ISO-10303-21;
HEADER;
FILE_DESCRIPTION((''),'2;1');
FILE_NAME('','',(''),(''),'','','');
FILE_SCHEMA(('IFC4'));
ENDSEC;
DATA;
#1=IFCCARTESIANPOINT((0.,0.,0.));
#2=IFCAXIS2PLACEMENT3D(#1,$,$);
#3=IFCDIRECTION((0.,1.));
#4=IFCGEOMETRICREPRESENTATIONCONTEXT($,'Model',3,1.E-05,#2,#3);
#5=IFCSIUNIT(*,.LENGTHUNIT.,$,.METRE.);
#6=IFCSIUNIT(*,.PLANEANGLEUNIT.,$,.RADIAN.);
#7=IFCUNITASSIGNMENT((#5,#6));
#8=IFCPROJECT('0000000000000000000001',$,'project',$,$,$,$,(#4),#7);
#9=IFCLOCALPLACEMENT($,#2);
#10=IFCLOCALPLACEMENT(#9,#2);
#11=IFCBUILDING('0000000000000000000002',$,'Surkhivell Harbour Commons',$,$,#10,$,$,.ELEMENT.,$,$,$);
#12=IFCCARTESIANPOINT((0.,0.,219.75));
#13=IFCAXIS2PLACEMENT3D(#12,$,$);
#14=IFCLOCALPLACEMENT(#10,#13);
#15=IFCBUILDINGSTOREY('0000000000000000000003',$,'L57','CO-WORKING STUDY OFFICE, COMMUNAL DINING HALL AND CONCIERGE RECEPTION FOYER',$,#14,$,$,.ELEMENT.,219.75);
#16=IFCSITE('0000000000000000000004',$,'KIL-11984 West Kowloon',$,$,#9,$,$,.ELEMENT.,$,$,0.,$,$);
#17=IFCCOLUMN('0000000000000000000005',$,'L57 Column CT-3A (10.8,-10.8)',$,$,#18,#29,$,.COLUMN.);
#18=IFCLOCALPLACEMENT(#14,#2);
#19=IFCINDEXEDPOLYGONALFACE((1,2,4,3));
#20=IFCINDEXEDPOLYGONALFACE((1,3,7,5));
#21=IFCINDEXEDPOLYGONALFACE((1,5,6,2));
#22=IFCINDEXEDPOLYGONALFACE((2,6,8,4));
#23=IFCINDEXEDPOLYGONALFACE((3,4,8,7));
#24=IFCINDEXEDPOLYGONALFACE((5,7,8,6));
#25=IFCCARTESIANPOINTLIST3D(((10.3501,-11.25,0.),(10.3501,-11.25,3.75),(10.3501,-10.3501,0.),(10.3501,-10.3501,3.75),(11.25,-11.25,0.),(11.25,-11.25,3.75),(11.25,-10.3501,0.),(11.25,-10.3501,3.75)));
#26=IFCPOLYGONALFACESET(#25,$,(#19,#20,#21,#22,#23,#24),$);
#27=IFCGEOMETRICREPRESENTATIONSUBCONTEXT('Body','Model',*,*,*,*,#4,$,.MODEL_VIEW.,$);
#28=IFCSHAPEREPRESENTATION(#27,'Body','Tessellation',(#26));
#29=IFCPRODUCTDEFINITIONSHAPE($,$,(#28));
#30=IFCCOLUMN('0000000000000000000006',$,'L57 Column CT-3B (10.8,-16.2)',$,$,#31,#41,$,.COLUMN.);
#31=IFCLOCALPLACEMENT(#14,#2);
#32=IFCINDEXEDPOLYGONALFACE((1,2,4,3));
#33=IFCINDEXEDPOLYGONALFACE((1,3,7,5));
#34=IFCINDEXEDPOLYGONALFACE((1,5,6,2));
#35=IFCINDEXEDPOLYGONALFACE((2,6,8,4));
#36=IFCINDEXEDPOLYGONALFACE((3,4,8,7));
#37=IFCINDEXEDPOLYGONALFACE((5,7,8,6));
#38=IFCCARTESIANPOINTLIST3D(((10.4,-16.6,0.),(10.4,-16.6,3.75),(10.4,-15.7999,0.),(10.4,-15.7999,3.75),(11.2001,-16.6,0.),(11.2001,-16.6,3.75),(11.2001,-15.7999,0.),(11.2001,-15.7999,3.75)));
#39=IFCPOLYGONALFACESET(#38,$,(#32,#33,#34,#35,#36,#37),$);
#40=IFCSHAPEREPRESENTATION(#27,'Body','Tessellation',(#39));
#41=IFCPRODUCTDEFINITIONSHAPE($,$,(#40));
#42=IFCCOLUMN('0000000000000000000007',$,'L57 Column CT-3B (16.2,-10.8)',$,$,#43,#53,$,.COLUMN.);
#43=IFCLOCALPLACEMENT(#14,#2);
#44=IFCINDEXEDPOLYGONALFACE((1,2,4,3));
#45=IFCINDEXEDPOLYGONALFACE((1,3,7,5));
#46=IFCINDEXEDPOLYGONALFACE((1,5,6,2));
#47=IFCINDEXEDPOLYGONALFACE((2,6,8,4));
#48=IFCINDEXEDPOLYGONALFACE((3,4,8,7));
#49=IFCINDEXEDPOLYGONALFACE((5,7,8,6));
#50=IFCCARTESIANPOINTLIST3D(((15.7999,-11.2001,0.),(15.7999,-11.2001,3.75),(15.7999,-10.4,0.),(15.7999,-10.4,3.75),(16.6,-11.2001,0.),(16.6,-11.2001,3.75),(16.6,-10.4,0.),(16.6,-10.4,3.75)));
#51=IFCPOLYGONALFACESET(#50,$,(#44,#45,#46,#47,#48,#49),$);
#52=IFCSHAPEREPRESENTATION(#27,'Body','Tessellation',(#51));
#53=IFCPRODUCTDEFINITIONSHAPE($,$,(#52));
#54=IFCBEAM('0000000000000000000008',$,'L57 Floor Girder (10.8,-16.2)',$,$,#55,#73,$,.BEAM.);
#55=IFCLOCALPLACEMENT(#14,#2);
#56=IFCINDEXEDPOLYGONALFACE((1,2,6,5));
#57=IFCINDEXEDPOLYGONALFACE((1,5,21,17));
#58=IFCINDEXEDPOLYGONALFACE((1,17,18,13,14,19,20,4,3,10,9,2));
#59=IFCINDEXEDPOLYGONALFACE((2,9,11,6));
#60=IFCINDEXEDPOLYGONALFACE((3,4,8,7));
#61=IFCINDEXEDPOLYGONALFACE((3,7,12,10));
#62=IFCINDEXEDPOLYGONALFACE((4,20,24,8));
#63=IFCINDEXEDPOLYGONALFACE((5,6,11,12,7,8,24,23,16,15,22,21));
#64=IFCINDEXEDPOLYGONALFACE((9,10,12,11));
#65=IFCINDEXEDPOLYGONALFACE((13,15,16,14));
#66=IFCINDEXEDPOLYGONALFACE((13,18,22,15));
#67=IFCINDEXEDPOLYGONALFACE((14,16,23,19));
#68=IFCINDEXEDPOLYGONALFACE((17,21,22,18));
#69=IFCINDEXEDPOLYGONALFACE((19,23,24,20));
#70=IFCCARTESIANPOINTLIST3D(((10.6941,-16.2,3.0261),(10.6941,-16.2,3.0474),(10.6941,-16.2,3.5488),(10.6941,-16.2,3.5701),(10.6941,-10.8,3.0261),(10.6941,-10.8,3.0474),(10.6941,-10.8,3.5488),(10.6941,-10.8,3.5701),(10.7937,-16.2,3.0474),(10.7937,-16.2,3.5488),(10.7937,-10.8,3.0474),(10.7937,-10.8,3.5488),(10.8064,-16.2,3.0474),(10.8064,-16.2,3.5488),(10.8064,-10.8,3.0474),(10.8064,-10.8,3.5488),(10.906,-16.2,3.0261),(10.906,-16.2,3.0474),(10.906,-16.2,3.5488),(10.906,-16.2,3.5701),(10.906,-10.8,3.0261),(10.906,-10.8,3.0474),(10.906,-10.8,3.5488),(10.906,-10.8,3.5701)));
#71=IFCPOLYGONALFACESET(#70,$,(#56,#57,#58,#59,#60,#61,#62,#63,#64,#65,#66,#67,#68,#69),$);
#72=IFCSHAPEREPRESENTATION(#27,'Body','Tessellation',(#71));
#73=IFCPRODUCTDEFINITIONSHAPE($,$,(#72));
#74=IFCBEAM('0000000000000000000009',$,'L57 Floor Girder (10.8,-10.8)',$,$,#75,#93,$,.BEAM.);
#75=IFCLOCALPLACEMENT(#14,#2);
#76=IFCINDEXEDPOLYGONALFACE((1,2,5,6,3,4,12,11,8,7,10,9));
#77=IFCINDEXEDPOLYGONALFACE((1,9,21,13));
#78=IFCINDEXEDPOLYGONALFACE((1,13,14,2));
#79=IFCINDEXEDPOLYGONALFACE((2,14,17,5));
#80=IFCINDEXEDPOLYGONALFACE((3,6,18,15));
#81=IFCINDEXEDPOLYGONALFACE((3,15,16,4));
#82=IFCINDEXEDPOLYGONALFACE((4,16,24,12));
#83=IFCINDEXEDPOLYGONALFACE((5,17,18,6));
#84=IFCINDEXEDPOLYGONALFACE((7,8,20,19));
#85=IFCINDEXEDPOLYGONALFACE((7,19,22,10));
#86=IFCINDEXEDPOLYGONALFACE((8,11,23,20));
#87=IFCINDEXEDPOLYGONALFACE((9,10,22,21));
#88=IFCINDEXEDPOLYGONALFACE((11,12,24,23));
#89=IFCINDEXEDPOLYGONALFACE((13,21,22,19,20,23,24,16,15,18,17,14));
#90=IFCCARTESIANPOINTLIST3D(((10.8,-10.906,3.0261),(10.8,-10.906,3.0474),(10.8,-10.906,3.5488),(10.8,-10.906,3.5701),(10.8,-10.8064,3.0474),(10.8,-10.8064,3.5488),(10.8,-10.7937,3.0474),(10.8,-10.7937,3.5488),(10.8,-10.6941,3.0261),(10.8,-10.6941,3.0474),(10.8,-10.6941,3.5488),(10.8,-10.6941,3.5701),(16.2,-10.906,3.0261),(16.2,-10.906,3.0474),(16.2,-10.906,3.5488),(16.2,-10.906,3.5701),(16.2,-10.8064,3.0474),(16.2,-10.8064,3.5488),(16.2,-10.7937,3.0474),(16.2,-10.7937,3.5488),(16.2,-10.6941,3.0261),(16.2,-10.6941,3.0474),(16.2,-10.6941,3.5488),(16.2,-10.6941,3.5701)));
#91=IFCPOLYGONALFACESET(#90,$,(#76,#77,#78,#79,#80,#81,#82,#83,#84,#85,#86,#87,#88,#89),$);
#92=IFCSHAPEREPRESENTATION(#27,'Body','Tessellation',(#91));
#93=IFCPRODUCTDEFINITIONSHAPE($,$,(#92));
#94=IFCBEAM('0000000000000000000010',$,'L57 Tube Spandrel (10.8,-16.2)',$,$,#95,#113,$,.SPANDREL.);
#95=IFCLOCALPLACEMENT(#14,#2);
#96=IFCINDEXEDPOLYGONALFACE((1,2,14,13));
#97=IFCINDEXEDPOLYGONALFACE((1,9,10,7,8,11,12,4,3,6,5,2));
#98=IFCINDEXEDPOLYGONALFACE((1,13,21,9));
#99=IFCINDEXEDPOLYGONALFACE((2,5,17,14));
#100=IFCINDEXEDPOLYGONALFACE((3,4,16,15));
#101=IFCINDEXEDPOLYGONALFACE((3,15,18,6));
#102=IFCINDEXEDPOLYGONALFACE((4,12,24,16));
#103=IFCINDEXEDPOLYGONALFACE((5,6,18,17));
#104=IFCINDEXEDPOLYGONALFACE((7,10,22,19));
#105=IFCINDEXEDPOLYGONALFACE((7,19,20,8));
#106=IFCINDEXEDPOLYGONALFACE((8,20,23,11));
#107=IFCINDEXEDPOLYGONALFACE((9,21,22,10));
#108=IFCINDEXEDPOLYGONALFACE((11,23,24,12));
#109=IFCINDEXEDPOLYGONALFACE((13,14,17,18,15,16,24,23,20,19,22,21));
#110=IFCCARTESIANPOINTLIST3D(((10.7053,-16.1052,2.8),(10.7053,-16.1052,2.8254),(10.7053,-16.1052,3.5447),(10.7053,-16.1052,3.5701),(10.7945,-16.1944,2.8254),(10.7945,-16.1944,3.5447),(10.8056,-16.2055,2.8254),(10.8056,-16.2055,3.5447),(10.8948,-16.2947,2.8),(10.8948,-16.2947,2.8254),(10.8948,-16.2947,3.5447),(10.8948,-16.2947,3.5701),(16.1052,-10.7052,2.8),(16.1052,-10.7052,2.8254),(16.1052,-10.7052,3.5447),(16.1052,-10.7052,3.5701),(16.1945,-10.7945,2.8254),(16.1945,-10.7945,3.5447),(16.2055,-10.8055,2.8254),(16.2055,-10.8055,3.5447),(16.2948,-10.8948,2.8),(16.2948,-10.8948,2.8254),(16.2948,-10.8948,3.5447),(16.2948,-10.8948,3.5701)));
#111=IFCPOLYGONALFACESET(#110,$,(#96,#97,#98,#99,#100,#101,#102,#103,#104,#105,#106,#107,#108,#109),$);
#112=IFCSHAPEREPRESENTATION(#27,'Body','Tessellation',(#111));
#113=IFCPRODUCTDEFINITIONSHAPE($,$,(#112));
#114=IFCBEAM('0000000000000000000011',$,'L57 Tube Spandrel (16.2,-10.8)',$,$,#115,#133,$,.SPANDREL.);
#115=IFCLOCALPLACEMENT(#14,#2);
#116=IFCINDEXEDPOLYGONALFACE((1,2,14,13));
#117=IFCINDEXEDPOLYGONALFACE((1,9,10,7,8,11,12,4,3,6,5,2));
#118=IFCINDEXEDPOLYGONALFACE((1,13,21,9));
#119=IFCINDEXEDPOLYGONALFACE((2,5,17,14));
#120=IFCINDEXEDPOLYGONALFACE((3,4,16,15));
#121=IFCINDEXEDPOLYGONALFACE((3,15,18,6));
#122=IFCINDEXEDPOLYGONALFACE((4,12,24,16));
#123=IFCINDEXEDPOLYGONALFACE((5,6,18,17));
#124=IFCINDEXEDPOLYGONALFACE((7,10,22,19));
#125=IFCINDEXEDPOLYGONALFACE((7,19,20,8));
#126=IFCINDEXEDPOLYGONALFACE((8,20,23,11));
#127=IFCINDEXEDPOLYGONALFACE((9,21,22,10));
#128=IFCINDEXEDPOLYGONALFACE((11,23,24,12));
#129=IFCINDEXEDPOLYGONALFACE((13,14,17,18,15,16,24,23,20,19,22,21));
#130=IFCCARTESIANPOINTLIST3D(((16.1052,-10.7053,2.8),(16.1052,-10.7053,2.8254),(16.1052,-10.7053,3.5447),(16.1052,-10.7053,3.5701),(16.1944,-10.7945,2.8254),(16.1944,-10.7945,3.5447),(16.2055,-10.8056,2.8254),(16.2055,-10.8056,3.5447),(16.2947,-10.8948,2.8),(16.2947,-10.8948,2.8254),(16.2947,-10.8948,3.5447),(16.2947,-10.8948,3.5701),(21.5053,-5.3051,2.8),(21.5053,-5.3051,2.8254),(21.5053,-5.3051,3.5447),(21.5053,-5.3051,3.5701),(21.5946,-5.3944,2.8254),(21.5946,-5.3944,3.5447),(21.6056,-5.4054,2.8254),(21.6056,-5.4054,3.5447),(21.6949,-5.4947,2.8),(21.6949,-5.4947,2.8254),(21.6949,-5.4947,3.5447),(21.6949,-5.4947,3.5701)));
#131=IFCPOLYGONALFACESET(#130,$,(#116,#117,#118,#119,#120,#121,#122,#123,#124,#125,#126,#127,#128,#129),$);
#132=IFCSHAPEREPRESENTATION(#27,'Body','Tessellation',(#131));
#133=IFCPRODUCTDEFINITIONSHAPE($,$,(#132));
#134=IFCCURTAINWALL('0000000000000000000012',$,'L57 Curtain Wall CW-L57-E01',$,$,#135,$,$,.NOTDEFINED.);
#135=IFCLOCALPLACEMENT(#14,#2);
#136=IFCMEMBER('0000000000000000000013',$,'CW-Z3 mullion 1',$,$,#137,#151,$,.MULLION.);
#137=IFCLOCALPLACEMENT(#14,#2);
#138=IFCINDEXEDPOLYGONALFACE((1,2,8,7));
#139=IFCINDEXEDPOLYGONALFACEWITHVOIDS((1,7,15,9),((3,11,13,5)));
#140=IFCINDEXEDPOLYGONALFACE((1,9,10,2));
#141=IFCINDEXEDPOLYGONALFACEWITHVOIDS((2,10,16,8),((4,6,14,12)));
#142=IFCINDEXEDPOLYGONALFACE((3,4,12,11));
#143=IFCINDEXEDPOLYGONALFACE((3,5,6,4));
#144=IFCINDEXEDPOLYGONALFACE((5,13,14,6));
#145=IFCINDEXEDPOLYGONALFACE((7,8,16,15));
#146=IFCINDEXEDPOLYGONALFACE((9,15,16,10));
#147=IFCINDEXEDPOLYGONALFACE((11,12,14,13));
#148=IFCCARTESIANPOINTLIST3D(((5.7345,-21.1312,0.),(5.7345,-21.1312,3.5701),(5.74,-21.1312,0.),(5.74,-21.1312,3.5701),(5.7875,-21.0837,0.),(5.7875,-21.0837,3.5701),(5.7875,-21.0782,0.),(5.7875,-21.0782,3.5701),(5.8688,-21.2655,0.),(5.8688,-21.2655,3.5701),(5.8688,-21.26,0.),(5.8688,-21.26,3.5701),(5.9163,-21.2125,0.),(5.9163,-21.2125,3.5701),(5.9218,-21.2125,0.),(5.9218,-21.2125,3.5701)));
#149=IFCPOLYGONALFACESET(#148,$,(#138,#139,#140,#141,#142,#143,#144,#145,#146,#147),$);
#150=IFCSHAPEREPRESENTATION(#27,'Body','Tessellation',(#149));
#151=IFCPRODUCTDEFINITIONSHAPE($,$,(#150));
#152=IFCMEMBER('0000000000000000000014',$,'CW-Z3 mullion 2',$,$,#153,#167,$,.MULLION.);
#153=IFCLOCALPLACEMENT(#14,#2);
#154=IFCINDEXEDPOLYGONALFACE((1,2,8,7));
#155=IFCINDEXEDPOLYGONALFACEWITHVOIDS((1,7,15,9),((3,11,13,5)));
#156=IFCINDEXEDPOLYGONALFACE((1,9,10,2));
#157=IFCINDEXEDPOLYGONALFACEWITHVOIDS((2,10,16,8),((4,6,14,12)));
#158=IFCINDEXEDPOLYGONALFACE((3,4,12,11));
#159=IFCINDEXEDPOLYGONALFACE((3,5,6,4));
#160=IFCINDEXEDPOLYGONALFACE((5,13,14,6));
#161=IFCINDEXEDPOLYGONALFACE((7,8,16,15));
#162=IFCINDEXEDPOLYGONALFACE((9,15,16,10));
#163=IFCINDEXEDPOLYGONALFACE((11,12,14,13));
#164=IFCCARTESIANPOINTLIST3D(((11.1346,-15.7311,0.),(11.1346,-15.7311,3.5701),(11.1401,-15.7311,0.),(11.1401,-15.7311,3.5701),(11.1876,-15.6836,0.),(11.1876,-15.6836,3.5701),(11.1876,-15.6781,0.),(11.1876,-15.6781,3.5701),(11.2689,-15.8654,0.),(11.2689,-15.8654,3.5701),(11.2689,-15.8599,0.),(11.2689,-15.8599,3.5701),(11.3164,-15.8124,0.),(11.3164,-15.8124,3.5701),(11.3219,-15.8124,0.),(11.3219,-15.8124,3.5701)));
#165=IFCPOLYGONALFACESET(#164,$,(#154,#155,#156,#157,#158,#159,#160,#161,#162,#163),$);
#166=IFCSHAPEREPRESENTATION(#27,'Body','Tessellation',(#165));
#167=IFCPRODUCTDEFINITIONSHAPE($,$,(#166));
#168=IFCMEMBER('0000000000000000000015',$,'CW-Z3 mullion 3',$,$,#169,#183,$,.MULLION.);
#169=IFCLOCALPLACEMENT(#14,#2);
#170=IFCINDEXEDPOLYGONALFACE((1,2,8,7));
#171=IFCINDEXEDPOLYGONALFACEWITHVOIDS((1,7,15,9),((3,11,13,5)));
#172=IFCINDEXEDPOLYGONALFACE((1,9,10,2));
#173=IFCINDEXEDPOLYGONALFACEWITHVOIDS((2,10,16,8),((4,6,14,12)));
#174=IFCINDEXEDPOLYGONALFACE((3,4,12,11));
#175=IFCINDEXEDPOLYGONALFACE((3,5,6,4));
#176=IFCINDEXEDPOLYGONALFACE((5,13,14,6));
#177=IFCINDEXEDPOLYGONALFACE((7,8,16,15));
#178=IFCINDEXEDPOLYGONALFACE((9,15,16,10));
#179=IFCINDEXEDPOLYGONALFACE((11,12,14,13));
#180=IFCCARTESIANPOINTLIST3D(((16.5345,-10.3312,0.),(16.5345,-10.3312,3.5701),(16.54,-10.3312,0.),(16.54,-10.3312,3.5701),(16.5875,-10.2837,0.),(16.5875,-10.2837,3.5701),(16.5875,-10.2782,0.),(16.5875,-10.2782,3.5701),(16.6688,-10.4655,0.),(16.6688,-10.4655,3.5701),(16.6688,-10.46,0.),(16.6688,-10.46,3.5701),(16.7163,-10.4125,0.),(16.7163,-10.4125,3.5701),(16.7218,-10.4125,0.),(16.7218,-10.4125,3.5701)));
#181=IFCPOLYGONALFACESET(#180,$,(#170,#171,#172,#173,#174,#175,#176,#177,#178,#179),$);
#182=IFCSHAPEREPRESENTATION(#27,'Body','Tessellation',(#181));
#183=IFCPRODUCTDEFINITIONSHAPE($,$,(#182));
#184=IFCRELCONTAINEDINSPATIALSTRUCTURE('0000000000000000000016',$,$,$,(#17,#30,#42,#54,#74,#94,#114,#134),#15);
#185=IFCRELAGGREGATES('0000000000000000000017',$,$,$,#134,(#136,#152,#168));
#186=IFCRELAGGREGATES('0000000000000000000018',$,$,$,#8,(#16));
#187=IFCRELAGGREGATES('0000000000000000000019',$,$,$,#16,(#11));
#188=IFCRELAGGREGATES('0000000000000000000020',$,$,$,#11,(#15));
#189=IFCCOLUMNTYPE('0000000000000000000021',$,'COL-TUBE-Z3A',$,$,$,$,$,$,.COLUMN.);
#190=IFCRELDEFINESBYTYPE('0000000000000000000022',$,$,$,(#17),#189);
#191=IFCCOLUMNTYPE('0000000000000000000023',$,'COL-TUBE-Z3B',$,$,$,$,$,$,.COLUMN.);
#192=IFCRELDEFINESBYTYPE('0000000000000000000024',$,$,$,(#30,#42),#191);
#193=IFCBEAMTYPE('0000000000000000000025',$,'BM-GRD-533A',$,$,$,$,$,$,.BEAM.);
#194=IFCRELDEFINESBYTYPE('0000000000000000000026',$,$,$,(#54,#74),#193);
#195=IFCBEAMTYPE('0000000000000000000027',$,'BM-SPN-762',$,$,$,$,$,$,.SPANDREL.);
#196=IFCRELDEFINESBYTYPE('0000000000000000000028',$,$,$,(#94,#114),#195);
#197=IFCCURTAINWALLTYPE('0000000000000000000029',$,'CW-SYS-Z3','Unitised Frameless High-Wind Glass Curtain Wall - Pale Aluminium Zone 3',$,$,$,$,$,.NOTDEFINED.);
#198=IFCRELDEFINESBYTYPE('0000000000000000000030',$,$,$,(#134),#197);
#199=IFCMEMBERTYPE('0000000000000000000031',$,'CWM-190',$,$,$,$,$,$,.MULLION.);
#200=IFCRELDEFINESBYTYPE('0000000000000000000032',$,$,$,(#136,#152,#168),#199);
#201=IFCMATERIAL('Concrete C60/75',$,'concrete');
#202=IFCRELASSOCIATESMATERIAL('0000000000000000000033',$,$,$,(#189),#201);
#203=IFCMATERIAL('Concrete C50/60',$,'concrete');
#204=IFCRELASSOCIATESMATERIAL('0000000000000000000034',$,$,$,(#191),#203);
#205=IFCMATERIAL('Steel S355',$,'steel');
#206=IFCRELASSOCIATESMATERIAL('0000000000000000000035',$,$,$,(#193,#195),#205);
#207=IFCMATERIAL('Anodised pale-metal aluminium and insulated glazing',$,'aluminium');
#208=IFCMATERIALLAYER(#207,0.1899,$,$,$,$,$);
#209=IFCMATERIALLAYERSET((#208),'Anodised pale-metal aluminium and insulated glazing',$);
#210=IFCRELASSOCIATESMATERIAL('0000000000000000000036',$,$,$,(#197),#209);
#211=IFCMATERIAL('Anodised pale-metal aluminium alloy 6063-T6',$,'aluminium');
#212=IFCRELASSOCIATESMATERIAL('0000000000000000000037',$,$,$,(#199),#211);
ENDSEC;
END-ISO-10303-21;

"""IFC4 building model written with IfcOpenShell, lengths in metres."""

from ifc_helpers import new_model, si_unit, direction, frame, origin, origin_2d, place, context, subcontext, project, spatial, rectangle, hollow_rectangle, i_section, extrude, material, layer, layer_set, material_profile, profile_set, type_object, element, aggregate, save


model = new_model("IFC4")

# Units and contexts
model_context = context("Model", 3, precision=1e-05, world=origin(), true_north=direction((0.0, 1.0)))
body_context = subcontext(model_context, "Body", "Model", "MODEL_VIEW")
ifc_project = project(units=[si_unit("LENGTHUNIT", "METRE"), si_unit("PLANEANGLEUNIT", "RADIAN")], contexts=[model_context])

# Site, building, storey
site_placement = place(None, origin())
site = spatial("IfcSite", under=ifc_project, at=site_placement, Name="KIL-11984 West Kowloon", CompositionType="ELEMENT", RefElevation=0.0)
building_placement = place(site_placement, origin())
building = spatial("IfcBuilding", under=site, at=building_placement, Name="Surkhivell Harbour Commons", CompositionType="ELEMENT")
storey_placement = place(building_placement, frame((0.0, 0.0, 219.75)))
storey = spatial("IfcBuildingStorey", under=building, at=storey_placement, Name="L57", Description="CO-WORKING STUDY OFFICE, COMMUNAL DINING HALL AND CONCIERGE RECEPTION FOYER", CompositionType="ELEMENT", Elevation=219.75)

# Columns
ifc_material_1 = material(Name="Concrete C60/75", Category="concrete")
ifc_material_profile_1 = material_profile(ifc_material_1, rectangle(XDim=0.8999, YDim=0.8999, at=origin_2d()), Name="RC-COL-900x900")
ifc_profile_set_1 = profile_set([ifc_material_profile_1], Name="Concrete C60/75")
column_type_1 = type_object("IfcColumnType", Name="COL-TUBE-Z3A", PredefinedType="COLUMN", material=ifc_profile_set_1)
column_placement = place(storey_placement, frame((10.8, -10.8, 0.0), z_axis=(0.0, 0.0, 1.0), x_axis=(1.0, 0.0, 0.0)))
element("IfcColumn", 1, at=column_placement, inside=storey, type_object=column_type_1, Name="L57 Column CT-3A (10.8,-10.8)", PredefinedType="COLUMN", context=body_context, shape_type="SweptSolid", body=[
    extrude(rectangle(XDim=0.8999, YDim=0.8999, at=origin_2d()), origin(), (0.0, 0.0, 1.0), 3.75),
])
ifc_material_2 = material(Name="Concrete C50/60", Category="concrete")
ifc_material_profile_2 = material_profile(ifc_material_2, rectangle(XDim=0.8, YDim=0.8, at=origin_2d()), Name="RC-COL-800x800")
ifc_profile_set_2 = profile_set([ifc_material_profile_2], Name="Concrete C50/60")
column_type_2 = type_object("IfcColumnType", Name="COL-TUBE-Z3B", PredefinedType="COLUMN", material=ifc_profile_set_2)
for number, where, z_axis, x_axis, name in (
    (2, (10.8, -16.2, 0.0), (0.0, 0.0, 1.0), (1.0, 0.0, 0.0), "L57 Column CT-3B (10.8,-16.2)"),
    (3, (16.2, -10.8, 0.0), (0.0, 0.0, 1.0), (1.0, 0.0, 0.0), "L57 Column CT-3B (16.2,-10.8)"),
):
    element("IfcColumn", number, at=place(storey_placement, frame(where, z_axis=z_axis, x_axis=x_axis)), inside=storey, type_object=column_type_2, Name=name, PredefinedType="COLUMN", context=body_context, shape_type="SweptSolid", body=[
        extrude(rectangle(XDim=0.8, YDim=0.8, at=origin_2d()), origin(), (0.0, 0.0, 1.0), 3.75),
    ])

# Beams
ifc_material_3 = material(Name="Steel S355", Category="steel")
ifc_material_profile_3 = material_profile(ifc_material_3, i_section(OverallWidth=0.2119, OverallDepth=0.5439, WebThickness=0.0127, FlangeThickness=0.0212, at=origin_2d()), Name="UB533x210x122")
ifc_profile_set_3 = profile_set([ifc_material_profile_3], Name="Steel S355")
beam_type_1 = type_object("IfcBeamType", Name="BM-GRD-533A", PredefinedType="BEAM", material=ifc_profile_set_3)
for number, where, z_axis, x_axis, name in (
    (4, (10.8, -16.2, 3.2981), (0.0, 1.0, 0.0), (-1.0, 0.0, 0.0), "L57 Floor Girder (10.8,-16.2)"),
    (5, (10.8, -10.8, 3.2981), (1.0, 0.0, 0.0), (0.0, 1.0, 0.0), "L57 Floor Girder (10.8,-10.8)"),
):
    element("IfcBeam", number, at=place(storey_placement, frame(where, z_axis=z_axis, x_axis=x_axis)), inside=storey, type_object=beam_type_1, Name=name, PredefinedType="BEAM", context=body_context, shape_type="SweptSolid", body=[
        extrude(i_section(OverallWidth=0.2119, OverallDepth=0.5439, WebThickness=0.0127, FlangeThickness=0.0212, at=origin_2d()), origin(), (0.0, 0.0, 1.0), 5.3999),
    ])
ifc_material_profile_4 = material_profile(ifc_material_3, i_section(OverallWidth=0.2681, OverallDepth=0.77, WebThickness=0.0156, FlangeThickness=0.0254, at=origin_2d()), Name="UB762x267x197")
ifc_profile_set_4 = profile_set([ifc_material_profile_4], Name="Steel S355")
beam_type_2 = type_object("IfcBeamType", Name="BM-SPN-762", PredefinedType="SPANDREL", material=ifc_profile_set_4)
beam_1_placement = place(storey_placement, frame((10.8, -16.2, 3.1851), z_axis=(0.707107, 0.707107, 0.0), x_axis=(-0.707107, 0.707107, 0.0)))
element("IfcBeam", 6, at=beam_1_placement, inside=storey, type_object=beam_type_2, Name="L57 Tube Spandrel (10.8,-16.2)", PredefinedType="SPANDREL", context=body_context, shape_type="SweptSolid", body=[
    extrude(i_section(OverallWidth=0.2681, OverallDepth=0.77, WebThickness=0.0156, FlangeThickness=0.0254, at=origin_2d()), origin(), (0.0, 0.0, 1.0), 7.6367),
])
beam_2_placement = place(storey_placement, frame((16.2, -10.8, 3.1851), z_axis=(0.707107, 0.707107, 0.0), x_axis=(-0.707107, 0.707107, 0.0)))
element("IfcBeam", 7, at=beam_2_placement, inside=storey, type_object=beam_type_2, Name="L57 Tube Spandrel (16.2,-10.8)", PredefinedType="SPANDREL", context=body_context, shape_type="SweptSolid", body=[
    extrude(i_section(OverallWidth=0.2681, OverallDepth=0.77, WebThickness=0.0156, FlangeThickness=0.0254, at=origin_2d()), origin(), (0.0, 0.0, 1.0), 7.637),
])

# Curtain wall, members
ifc_material_4 = material(Name="Anodised pale-metal aluminium and insulated glazing", Category="aluminium")
ifc_layer_1 = layer(ifc_material_4, 0.1899)
ifc_layer_set_1 = layer_set([ifc_layer_1], Name="Anodised pale-metal aluminium and insulated glazing")
curtain_wall_type = type_object("IfcCurtainWallType", Name="CW-SYS-Z3", Description="Unitised Frameless High-Wind Glass Curtain Wall - Pale Aluminium Zone 3", PredefinedType="NOTDEFINED", material=ifc_layer_set_1)
curtain_wall_placement = place(storey_placement, origin())
curtain_wall = element("IfcCurtainWall", 8, at=curtain_wall_placement, inside=storey, type_object=curtain_wall_type, Name="L57 Curtain Wall CW-L57-E01", PredefinedType="NOTDEFINED")
ifc_material_5 = material(Name="Anodised pale-metal aluminium alloy 6063-T6", Category="aluminium")
ifc_material_profile_5 = material_profile(ifc_material_5, hollow_rectangle(XDim=0.075, YDim=0.1899, WallThickness=0.0039, at=origin_2d()), Name="ALU-MULL-75x190")
ifc_profile_set_5 = profile_set([ifc_material_profile_5], Name="Anodised pale-metal aluminium alloy 6063-T6")
member_type_1 = type_object("IfcMemberType", Name="CWM-190", PredefinedType="MULLION", material=ifc_profile_set_5)
member_1_placement = place(storey_placement, frame((5.8281, -21.1719, 0.0), z_axis=(0.0, 0.0, 1.0), x_axis=(0.707107, 0.707107, 0.0)))
member_1 = element("IfcMember", 9, at=member_1_placement, type_object=member_type_1, Name="CW-Z3 mullion 1", PredefinedType="MULLION", context=body_context, shape_type="SweptSolid", body=[
    extrude(hollow_rectangle(XDim=0.075, YDim=0.1899, WallThickness=0.0039, at=origin_2d()), origin(), (0.0, 0.0, 1.0), 3.5701),
])
member_2_placement = place(storey_placement, frame((11.2283, -15.7717, 0.0), z_axis=(0.0, 0.0, 1.0), x_axis=(0.707107, 0.707107, 0.0)))
member_2 = element("IfcMember", 10, at=member_2_placement, type_object=member_type_1, Name="CW-Z3 mullion 2", PredefinedType="MULLION", context=body_context, shape_type="SweptSolid", body=[
    extrude(hollow_rectangle(XDim=0.075, YDim=0.1899, WallThickness=0.0039, at=origin_2d()), origin(), (0.0, 0.0, 1.0), 3.5701),
])
member_3_placement = place(storey_placement, frame((16.6282, -10.3718, 0.0), z_axis=(0.0, 0.0, 1.0), x_axis=(0.707107, 0.707107, 0.0)))
member_3 = element("IfcMember", 11, at=member_3_placement, type_object=member_type_1, Name="CW-Z3 mullion 3", PredefinedType="MULLION", context=body_context, shape_type="SweptSolid", body=[
    extrude(hollow_rectangle(XDim=0.075, YDim=0.1899, WallThickness=0.0039, at=origin_2d()), origin(), (0.0, 0.0, 1.0), 3.5701),
])
aggregate(curtain_wall, [member_1, member_2, member_3])

save(model, "model.ifc")
